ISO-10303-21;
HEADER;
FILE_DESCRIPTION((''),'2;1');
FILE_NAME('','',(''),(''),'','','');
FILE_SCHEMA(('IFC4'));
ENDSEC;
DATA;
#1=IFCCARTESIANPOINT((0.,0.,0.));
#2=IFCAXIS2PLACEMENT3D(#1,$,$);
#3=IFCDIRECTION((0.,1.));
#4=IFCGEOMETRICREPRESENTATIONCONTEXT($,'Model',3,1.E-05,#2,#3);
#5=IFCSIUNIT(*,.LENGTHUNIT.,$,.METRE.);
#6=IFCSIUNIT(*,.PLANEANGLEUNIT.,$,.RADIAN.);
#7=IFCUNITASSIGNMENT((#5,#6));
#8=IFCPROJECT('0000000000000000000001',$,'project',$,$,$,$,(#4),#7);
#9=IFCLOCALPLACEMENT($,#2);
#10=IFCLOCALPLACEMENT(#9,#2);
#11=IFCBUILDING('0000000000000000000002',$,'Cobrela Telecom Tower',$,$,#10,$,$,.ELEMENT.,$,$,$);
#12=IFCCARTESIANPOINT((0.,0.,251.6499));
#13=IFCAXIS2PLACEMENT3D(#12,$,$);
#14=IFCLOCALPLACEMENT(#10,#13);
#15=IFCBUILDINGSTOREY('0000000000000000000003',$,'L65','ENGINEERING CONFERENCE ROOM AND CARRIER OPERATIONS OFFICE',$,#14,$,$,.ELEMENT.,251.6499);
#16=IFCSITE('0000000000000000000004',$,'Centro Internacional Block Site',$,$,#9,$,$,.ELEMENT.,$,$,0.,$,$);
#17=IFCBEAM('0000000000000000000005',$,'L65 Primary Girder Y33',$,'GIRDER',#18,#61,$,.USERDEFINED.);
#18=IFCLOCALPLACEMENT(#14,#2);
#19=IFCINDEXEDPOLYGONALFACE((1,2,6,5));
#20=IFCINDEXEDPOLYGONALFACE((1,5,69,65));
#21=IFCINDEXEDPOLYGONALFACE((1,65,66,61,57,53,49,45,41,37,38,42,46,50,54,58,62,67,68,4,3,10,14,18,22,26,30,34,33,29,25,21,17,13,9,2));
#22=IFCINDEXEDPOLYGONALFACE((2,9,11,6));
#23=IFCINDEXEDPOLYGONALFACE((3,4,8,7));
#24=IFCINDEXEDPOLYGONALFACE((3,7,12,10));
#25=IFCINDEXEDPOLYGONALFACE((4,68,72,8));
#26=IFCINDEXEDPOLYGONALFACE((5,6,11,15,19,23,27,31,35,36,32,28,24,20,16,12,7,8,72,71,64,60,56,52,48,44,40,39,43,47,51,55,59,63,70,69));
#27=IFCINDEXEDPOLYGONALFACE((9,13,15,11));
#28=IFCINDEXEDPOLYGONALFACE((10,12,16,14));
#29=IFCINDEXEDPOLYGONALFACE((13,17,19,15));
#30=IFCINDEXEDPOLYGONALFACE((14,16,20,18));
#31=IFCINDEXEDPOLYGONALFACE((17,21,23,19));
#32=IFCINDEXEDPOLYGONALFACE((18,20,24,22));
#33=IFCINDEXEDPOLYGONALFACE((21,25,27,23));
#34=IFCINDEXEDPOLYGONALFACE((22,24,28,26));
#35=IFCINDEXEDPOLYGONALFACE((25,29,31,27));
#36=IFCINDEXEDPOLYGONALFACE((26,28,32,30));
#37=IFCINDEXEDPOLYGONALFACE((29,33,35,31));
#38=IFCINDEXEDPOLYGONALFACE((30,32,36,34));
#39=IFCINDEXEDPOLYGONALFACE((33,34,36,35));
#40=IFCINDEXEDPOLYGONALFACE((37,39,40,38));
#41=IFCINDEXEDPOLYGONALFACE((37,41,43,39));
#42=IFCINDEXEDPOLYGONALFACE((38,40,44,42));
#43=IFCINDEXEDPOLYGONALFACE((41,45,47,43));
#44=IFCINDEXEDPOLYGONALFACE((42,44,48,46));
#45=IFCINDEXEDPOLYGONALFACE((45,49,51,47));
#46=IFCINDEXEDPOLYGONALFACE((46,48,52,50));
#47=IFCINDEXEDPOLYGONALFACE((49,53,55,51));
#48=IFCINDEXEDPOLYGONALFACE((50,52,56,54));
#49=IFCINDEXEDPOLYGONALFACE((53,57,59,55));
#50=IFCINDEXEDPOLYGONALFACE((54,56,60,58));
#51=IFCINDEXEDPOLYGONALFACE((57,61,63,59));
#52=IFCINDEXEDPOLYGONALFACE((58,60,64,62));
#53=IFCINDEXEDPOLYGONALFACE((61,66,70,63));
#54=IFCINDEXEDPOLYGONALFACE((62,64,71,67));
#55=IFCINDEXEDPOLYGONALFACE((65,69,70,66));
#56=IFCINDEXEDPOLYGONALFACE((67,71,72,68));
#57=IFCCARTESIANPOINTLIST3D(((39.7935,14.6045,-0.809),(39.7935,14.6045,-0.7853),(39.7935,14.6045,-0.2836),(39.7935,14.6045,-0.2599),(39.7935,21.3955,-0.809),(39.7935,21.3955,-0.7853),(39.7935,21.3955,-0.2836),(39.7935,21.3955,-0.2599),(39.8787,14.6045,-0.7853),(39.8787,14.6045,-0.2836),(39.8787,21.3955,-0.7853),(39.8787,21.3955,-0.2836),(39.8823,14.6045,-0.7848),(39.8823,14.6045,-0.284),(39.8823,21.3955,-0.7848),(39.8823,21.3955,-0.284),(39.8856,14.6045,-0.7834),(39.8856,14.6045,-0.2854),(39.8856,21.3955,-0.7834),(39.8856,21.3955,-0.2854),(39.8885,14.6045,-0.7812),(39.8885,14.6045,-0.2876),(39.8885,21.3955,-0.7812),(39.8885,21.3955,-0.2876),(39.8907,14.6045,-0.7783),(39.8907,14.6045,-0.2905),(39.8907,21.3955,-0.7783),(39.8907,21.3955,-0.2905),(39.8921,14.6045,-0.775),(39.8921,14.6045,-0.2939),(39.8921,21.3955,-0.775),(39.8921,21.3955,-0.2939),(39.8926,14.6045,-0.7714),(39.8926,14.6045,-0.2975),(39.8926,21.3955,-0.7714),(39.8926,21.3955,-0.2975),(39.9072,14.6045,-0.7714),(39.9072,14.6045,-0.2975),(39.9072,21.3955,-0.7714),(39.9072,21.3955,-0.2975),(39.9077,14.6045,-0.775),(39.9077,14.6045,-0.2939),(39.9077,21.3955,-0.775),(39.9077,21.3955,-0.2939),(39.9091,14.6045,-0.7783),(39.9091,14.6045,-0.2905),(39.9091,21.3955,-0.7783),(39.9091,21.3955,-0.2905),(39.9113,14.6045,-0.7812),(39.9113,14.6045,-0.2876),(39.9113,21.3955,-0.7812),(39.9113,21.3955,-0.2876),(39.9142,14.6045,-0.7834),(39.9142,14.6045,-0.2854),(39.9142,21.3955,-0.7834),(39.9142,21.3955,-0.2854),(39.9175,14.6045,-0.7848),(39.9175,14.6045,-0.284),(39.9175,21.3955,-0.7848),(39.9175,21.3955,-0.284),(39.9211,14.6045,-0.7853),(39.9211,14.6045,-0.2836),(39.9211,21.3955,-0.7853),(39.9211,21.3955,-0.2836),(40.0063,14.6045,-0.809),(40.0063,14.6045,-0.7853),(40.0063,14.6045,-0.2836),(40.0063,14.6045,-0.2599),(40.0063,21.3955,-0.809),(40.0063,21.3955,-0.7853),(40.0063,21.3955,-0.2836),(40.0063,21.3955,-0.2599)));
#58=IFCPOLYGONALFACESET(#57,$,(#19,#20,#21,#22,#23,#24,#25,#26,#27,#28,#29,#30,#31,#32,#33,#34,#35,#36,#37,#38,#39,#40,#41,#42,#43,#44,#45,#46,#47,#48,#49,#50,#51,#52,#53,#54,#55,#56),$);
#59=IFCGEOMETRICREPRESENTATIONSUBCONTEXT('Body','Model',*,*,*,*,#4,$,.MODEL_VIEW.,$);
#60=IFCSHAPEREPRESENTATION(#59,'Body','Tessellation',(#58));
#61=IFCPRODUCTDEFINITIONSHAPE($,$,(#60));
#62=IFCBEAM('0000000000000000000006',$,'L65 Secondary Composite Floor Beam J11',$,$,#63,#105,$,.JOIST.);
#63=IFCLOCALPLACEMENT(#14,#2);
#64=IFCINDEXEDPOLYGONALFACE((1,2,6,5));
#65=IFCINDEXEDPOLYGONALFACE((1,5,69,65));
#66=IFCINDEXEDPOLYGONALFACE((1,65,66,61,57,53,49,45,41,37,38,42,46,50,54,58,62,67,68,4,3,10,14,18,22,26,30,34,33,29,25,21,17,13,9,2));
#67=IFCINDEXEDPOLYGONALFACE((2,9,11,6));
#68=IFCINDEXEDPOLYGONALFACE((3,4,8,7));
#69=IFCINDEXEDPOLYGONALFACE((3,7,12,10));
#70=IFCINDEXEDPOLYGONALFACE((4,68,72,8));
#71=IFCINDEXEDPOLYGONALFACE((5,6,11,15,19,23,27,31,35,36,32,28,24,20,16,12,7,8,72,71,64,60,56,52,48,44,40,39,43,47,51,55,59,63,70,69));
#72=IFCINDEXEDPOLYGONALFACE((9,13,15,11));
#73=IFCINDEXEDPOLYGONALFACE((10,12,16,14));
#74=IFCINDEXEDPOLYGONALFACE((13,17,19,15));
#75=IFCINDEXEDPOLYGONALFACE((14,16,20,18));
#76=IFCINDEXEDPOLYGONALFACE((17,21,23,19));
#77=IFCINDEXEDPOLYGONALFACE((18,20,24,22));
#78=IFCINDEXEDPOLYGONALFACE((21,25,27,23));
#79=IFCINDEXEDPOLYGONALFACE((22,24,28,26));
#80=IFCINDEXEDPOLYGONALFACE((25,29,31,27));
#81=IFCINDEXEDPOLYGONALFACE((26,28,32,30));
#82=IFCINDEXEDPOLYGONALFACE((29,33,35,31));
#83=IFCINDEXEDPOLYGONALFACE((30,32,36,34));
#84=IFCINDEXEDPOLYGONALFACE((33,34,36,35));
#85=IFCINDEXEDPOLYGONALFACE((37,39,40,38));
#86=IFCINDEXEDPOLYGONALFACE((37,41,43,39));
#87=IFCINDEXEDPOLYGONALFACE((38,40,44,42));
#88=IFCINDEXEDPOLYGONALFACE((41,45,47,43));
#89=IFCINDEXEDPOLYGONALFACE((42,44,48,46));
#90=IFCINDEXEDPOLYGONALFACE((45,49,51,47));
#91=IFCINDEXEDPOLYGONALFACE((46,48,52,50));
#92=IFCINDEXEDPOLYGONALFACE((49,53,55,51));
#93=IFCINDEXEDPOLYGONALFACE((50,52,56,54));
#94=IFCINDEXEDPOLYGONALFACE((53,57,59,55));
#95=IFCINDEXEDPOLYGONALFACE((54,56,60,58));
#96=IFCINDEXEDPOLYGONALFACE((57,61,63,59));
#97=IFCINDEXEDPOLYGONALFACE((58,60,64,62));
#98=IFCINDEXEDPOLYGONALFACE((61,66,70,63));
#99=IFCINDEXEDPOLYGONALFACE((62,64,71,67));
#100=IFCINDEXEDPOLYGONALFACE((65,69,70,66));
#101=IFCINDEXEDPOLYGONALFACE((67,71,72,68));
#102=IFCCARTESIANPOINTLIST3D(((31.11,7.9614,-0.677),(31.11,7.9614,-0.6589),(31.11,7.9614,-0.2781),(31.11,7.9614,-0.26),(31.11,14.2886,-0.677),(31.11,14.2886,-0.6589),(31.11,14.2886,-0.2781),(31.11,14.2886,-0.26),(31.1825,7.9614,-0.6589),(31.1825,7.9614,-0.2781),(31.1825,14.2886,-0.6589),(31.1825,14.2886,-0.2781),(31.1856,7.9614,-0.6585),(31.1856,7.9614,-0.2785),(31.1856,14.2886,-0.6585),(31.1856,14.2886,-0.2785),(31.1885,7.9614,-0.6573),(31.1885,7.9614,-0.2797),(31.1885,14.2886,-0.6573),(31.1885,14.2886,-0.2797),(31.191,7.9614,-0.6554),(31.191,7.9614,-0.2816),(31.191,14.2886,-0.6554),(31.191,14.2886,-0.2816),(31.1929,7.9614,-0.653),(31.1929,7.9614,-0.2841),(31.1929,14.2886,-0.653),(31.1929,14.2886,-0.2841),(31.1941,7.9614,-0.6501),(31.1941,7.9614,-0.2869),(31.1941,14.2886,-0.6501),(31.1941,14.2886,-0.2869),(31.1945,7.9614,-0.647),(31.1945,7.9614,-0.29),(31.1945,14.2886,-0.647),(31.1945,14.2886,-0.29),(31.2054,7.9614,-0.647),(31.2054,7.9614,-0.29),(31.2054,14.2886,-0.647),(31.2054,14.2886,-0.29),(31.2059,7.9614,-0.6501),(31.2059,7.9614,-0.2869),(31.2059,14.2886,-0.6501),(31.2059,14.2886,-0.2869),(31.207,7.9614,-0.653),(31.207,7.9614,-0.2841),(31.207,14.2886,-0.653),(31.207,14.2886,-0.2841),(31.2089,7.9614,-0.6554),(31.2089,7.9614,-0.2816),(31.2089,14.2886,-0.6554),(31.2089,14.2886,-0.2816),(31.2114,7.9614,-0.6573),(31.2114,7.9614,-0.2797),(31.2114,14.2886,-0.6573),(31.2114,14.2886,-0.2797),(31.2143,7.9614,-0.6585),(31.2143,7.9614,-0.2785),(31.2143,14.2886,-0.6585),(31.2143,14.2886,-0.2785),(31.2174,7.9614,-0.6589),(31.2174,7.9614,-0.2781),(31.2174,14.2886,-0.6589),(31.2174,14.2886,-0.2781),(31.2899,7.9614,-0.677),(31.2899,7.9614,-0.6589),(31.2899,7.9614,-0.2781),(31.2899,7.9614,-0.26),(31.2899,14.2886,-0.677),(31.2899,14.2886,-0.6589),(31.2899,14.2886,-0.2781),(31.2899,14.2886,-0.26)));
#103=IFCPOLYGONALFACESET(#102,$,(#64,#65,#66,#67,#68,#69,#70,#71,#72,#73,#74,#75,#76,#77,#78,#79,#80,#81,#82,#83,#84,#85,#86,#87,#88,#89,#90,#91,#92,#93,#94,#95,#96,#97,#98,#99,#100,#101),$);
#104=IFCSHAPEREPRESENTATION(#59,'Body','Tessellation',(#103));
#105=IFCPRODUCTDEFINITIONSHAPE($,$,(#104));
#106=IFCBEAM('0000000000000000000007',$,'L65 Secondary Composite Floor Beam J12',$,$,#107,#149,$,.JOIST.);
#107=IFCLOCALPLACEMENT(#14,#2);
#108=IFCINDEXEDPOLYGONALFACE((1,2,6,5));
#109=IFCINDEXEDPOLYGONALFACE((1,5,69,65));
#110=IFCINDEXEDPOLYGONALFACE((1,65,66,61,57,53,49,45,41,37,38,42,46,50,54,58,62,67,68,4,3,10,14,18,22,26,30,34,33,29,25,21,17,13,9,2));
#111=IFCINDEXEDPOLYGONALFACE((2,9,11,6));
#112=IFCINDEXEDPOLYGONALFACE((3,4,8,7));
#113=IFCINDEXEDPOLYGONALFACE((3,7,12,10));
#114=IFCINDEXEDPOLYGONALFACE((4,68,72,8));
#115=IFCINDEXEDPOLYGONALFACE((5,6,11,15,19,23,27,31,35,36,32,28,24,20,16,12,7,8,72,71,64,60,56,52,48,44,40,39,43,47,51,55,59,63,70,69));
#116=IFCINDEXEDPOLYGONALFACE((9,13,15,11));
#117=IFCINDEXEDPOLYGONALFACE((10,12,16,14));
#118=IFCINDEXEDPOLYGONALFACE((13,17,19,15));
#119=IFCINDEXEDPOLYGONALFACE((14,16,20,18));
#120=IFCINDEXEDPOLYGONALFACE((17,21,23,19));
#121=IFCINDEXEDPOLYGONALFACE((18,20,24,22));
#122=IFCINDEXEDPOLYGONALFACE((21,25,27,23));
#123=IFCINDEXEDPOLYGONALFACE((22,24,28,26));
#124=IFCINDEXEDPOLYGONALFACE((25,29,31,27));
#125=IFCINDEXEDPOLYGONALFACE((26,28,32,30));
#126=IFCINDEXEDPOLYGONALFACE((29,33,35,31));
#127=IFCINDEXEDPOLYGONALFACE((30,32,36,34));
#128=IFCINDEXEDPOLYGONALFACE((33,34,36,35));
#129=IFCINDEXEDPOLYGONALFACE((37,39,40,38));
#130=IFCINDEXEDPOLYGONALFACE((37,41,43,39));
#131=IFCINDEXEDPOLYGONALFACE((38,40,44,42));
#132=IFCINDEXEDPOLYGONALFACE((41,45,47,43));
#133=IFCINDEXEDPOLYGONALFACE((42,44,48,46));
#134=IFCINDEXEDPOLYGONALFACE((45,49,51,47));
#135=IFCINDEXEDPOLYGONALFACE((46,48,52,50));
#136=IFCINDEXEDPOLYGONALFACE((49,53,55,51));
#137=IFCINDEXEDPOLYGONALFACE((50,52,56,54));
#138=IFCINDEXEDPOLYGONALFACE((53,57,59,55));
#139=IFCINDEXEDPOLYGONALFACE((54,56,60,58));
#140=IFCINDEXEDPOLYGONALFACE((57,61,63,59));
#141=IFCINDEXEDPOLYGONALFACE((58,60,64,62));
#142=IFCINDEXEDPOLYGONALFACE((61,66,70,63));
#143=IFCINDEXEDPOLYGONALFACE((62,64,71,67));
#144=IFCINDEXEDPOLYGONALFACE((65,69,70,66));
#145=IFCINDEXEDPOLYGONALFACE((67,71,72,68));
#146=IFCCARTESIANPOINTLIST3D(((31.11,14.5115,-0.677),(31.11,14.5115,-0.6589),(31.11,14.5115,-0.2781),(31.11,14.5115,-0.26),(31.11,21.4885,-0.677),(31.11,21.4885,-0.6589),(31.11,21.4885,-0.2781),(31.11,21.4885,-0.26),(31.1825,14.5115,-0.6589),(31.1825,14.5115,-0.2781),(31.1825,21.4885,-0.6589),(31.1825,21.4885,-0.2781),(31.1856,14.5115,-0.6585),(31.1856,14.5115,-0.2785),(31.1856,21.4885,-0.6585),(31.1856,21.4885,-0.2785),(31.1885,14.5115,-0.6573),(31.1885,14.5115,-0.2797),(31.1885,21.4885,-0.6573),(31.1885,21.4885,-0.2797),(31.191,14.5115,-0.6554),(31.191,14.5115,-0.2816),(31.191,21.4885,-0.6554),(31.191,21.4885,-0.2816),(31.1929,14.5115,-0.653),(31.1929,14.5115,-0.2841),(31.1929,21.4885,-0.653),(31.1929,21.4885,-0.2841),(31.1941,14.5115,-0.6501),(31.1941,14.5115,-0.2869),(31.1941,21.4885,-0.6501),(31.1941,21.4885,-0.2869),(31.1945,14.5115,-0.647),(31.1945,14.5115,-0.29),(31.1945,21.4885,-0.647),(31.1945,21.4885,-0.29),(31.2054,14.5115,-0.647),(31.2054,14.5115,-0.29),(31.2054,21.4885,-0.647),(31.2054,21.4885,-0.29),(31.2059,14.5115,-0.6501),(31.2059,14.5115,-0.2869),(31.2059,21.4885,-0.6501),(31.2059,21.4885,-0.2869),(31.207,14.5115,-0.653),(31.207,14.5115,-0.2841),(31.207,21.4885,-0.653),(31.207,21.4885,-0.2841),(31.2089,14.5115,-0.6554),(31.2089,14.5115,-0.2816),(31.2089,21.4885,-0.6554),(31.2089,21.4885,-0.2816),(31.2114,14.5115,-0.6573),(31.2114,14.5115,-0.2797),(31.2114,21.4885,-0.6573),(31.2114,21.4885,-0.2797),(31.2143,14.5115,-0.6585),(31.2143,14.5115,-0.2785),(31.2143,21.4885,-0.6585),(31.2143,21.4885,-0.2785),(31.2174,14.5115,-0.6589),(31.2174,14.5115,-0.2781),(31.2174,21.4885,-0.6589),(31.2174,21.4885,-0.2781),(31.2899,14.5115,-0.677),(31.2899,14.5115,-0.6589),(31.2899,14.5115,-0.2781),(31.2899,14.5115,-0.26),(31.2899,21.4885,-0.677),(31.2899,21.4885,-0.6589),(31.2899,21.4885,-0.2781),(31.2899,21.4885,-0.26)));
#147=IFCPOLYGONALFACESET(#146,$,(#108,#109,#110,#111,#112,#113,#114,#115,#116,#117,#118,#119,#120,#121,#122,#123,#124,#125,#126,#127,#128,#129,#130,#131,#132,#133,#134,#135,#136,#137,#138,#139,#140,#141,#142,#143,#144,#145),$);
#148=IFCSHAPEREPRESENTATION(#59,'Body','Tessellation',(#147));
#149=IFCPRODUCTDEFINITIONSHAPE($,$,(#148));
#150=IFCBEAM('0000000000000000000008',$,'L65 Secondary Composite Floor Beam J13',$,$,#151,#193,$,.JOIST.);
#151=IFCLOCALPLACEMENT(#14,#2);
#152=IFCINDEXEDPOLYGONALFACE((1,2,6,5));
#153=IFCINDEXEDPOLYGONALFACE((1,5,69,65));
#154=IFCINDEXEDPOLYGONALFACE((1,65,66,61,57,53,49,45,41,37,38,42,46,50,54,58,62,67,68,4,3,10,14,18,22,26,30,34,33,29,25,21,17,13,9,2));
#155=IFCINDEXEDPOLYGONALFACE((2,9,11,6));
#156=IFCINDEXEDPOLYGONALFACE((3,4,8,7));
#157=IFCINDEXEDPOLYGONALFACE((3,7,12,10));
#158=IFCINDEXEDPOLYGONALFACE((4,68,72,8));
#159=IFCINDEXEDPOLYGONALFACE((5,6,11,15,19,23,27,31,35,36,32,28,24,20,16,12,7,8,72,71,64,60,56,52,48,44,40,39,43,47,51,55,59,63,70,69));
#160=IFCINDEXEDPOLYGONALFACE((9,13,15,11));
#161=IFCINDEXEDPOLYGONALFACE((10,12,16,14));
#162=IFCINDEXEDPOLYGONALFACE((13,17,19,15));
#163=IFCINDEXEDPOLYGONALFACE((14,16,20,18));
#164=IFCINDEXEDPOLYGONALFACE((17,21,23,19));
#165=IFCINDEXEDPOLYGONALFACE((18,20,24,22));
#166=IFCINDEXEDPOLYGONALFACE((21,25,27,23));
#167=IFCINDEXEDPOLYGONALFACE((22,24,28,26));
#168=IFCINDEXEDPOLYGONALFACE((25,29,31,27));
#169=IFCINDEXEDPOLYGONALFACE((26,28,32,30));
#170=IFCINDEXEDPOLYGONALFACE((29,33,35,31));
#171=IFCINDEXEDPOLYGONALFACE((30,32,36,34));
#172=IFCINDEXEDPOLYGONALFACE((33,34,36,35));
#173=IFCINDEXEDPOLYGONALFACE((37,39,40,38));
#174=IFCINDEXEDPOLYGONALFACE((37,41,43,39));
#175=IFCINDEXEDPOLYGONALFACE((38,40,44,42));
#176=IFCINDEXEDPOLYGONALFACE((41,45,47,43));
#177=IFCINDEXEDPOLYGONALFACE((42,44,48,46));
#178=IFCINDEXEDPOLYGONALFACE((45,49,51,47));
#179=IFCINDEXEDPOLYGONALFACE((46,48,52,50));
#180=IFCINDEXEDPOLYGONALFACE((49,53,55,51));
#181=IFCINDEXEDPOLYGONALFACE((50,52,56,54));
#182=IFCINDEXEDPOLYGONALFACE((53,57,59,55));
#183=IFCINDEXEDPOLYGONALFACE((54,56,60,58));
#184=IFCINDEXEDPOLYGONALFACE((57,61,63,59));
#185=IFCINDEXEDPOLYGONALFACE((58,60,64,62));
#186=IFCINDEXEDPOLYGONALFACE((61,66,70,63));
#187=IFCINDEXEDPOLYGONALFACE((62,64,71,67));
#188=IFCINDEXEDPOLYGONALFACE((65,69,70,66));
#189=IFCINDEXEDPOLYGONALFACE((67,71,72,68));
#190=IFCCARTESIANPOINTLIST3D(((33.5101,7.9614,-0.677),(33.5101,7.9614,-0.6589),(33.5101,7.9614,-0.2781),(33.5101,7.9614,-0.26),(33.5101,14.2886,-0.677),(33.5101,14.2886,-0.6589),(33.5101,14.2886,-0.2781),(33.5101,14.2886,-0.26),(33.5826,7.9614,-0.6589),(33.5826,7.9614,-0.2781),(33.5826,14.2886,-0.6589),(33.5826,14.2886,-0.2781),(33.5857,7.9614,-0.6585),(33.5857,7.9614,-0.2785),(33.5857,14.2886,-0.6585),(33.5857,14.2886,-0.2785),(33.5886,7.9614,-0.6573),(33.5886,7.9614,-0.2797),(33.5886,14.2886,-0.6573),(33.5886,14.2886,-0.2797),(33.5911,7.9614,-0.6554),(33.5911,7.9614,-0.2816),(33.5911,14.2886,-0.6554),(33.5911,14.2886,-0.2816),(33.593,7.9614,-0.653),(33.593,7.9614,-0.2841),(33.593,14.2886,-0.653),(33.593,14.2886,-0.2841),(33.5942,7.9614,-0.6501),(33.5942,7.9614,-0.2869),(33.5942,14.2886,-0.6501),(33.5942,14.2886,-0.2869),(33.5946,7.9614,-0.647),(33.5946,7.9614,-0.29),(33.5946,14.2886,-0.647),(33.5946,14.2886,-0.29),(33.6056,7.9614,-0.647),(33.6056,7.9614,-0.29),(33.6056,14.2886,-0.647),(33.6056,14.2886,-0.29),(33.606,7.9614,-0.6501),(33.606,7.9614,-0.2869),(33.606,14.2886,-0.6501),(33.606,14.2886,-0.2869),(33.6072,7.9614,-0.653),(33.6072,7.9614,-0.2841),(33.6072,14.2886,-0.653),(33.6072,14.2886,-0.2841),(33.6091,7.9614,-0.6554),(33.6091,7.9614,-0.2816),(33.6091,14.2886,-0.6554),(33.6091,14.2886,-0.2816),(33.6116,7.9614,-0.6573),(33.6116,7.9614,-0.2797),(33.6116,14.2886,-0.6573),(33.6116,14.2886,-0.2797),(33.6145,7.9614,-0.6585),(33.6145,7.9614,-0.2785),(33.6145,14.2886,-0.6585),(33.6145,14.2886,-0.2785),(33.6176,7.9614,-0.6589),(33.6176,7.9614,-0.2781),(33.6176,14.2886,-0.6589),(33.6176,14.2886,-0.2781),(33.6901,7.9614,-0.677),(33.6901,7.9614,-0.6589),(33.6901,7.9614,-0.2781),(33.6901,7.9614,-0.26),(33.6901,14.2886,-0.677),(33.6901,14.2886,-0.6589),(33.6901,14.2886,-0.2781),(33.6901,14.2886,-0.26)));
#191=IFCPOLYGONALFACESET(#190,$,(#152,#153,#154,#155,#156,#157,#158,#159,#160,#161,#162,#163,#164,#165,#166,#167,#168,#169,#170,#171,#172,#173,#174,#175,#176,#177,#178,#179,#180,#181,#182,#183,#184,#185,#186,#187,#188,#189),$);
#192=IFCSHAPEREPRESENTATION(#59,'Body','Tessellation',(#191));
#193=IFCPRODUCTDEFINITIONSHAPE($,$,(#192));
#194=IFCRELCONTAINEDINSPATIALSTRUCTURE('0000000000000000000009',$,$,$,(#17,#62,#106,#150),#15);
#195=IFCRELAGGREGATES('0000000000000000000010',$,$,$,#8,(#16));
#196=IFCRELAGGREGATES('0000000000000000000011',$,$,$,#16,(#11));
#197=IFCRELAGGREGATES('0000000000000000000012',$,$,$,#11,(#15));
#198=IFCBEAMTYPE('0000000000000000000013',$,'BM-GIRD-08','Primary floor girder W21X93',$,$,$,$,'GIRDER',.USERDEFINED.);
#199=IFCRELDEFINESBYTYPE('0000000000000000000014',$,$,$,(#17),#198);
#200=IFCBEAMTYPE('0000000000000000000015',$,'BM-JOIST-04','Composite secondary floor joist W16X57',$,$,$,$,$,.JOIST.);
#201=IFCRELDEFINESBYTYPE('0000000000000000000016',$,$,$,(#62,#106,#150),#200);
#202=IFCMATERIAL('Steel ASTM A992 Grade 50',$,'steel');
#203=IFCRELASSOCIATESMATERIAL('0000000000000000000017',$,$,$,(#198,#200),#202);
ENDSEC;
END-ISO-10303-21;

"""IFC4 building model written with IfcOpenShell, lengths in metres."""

from ifc_helpers import new_model, si_unit, direction, frame, origin, origin_2d, place, context, subcontext, project, spatial, i_section, extrude, material, material_profile, profile_set, type_object, element, save


model = new_model("IFC4")

# Units and contexts
model_context = context("Model", 3, precision=1e-05, world=origin(), true_north=direction((0.0, 1.0)))
body_context = subcontext(model_context, "Body", "Model", "MODEL_VIEW")
ifc_project = project(units=[si_unit("LENGTHUNIT", "METRE"), si_unit("PLANEANGLEUNIT", "RADIAN")], contexts=[model_context])

# Site, building, storey
site_placement = place(None, origin())
site = spatial("IfcSite", under=ifc_project, at=site_placement, Name="Centro Internacional Block Site", CompositionType="ELEMENT", RefElevation=0.0)
building_placement = place(site_placement, origin())
building = spatial("IfcBuilding", under=site, at=building_placement, Name="Cobrela Telecom Tower", CompositionType="ELEMENT")
storey_placement = place(building_placement, frame((0.0, 0.0, 251.6499)))
storey = spatial("IfcBuildingStorey", under=building, at=storey_placement, Name="L65", Description="ENGINEERING CONFERENCE ROOM AND CARRIER OPERATIONS OFFICE", CompositionType="ELEMENT", Elevation=251.6499)

# Shared definitions
ifc_material_1 = material(Name="Steel ASTM A992 Grade 50", Category="steel")

# Beams
ifc_material_profile_1 = material_profile(ifc_material_1, i_section(OverallWidth=0.2129, OverallDepth=0.5491, WebThickness=0.0146, FlangeThickness=0.0237, FilletRadius=0.0139, at=origin_2d()), Name="W21X93")
ifc_profile_set_1 = profile_set([ifc_material_profile_1], Name="Steel ASTM A992 Grade 50")
beam_type_1 = type_object("IfcBeamType", Name="BM-GIRD-08", Description="Primary floor girder W21X93", ElementType="GIRDER", PredefinedType="USERDEFINED", material=ifc_profile_set_1)
for number, where, z_axis, x_axis, name in (
    (1, (39.8999, 14.6045, -0.5344), (0.0, 1.0, 0.0), (-1.0, 0.0, 0.0), "L65 Primary Girder Y33"),
):
    element("IfcBeam", number, at=place(storey_placement, frame(where, z_axis=z_axis, x_axis=x_axis)), inside=storey, type_object=beam_type_1, Name=name, ObjectType="GIRDER", PredefinedType="USERDEFINED", context=body_context, shape_type="SweptSolid", body=[
        extrude(i_section(OverallWidth=0.2129, OverallDepth=0.5491, WebThickness=0.0146, FlangeThickness=0.0237, FilletRadius=0.0139, at=origin_2d()), origin(), (0.0, 0.0, 1.0), 6.791),
    ])
ifc_material_profile_2 = material_profile(ifc_material_1, i_section(OverallWidth=0.1799, OverallDepth=0.417, WebThickness=0.011, FlangeThickness=0.0181, FilletRadius=0.012, at=origin_2d()), Name="W16X57")
ifc_profile_set_2 = profile_set([ifc_material_profile_2], Name="Steel ASTM A992 Grade 50")
beam_type_2 = type_object("IfcBeamType", Name="BM-JOIST-04", Description="Composite secondary floor joist W16X57", PredefinedType="JOIST", material=ifc_profile_set_2)
beam_1_placement = place(storey_placement, frame((31.2, 7.9614, -0.4685), z_axis=(0.0, 1.0, 0.0), x_axis=(-1.0, 0.0, 0.0)))
element("IfcBeam", 2, at=beam_1_placement, inside=storey, type_object=beam_type_2, Name="L65 Secondary Composite Floor Beam J11", PredefinedType="JOIST", context=body_context, shape_type="SweptSolid", body=[
    extrude(i_section(OverallWidth=0.1799, OverallDepth=0.417, WebThickness=0.011, FlangeThickness=0.0181, FilletRadius=0.012, at=origin_2d()), origin(), (0.0, 0.0, 1.0), 6.3271),
])
beam_2_placement = place(storey_placement, frame((31.2, 14.5115, -0.4685), z_axis=(0.0, 1.0, 0.0), x_axis=(-1.0, 0.0, 0.0)))
element("IfcBeam", 3, at=beam_2_placement, inside=storey, type_object=beam_type_2, Name="L65 Secondary Composite Floor Beam J12", PredefinedType="JOIST", context=body_context, shape_type="SweptSolid", body=[
    extrude(i_section(OverallWidth=0.1799, OverallDepth=0.417, WebThickness=0.011, FlangeThickness=0.0181, FilletRadius=0.012, at=origin_2d()), origin(), (0.0, 0.0, 1.0), 6.9771),
])
beam_3_placement = place(storey_placement, frame((33.6001, 7.9614, -0.4685), z_axis=(0.0, 1.0, 0.0), x_axis=(-1.0, 0.0, 0.0)))
element("IfcBeam", 4, at=beam_3_placement, inside=storey, type_object=beam_type_2, Name="L65 Secondary Composite Floor Beam J13", PredefinedType="JOIST", context=body_context, shape_type="SweptSolid", body=[
    extrude(i_section(OverallWidth=0.1799, OverallDepth=0.417, WebThickness=0.011, FlangeThickness=0.0181, FilletRadius=0.012, at=origin_2d()), origin(), (0.0, 0.0, 1.0), 6.3271),
])

save(model, "model.ifc")
